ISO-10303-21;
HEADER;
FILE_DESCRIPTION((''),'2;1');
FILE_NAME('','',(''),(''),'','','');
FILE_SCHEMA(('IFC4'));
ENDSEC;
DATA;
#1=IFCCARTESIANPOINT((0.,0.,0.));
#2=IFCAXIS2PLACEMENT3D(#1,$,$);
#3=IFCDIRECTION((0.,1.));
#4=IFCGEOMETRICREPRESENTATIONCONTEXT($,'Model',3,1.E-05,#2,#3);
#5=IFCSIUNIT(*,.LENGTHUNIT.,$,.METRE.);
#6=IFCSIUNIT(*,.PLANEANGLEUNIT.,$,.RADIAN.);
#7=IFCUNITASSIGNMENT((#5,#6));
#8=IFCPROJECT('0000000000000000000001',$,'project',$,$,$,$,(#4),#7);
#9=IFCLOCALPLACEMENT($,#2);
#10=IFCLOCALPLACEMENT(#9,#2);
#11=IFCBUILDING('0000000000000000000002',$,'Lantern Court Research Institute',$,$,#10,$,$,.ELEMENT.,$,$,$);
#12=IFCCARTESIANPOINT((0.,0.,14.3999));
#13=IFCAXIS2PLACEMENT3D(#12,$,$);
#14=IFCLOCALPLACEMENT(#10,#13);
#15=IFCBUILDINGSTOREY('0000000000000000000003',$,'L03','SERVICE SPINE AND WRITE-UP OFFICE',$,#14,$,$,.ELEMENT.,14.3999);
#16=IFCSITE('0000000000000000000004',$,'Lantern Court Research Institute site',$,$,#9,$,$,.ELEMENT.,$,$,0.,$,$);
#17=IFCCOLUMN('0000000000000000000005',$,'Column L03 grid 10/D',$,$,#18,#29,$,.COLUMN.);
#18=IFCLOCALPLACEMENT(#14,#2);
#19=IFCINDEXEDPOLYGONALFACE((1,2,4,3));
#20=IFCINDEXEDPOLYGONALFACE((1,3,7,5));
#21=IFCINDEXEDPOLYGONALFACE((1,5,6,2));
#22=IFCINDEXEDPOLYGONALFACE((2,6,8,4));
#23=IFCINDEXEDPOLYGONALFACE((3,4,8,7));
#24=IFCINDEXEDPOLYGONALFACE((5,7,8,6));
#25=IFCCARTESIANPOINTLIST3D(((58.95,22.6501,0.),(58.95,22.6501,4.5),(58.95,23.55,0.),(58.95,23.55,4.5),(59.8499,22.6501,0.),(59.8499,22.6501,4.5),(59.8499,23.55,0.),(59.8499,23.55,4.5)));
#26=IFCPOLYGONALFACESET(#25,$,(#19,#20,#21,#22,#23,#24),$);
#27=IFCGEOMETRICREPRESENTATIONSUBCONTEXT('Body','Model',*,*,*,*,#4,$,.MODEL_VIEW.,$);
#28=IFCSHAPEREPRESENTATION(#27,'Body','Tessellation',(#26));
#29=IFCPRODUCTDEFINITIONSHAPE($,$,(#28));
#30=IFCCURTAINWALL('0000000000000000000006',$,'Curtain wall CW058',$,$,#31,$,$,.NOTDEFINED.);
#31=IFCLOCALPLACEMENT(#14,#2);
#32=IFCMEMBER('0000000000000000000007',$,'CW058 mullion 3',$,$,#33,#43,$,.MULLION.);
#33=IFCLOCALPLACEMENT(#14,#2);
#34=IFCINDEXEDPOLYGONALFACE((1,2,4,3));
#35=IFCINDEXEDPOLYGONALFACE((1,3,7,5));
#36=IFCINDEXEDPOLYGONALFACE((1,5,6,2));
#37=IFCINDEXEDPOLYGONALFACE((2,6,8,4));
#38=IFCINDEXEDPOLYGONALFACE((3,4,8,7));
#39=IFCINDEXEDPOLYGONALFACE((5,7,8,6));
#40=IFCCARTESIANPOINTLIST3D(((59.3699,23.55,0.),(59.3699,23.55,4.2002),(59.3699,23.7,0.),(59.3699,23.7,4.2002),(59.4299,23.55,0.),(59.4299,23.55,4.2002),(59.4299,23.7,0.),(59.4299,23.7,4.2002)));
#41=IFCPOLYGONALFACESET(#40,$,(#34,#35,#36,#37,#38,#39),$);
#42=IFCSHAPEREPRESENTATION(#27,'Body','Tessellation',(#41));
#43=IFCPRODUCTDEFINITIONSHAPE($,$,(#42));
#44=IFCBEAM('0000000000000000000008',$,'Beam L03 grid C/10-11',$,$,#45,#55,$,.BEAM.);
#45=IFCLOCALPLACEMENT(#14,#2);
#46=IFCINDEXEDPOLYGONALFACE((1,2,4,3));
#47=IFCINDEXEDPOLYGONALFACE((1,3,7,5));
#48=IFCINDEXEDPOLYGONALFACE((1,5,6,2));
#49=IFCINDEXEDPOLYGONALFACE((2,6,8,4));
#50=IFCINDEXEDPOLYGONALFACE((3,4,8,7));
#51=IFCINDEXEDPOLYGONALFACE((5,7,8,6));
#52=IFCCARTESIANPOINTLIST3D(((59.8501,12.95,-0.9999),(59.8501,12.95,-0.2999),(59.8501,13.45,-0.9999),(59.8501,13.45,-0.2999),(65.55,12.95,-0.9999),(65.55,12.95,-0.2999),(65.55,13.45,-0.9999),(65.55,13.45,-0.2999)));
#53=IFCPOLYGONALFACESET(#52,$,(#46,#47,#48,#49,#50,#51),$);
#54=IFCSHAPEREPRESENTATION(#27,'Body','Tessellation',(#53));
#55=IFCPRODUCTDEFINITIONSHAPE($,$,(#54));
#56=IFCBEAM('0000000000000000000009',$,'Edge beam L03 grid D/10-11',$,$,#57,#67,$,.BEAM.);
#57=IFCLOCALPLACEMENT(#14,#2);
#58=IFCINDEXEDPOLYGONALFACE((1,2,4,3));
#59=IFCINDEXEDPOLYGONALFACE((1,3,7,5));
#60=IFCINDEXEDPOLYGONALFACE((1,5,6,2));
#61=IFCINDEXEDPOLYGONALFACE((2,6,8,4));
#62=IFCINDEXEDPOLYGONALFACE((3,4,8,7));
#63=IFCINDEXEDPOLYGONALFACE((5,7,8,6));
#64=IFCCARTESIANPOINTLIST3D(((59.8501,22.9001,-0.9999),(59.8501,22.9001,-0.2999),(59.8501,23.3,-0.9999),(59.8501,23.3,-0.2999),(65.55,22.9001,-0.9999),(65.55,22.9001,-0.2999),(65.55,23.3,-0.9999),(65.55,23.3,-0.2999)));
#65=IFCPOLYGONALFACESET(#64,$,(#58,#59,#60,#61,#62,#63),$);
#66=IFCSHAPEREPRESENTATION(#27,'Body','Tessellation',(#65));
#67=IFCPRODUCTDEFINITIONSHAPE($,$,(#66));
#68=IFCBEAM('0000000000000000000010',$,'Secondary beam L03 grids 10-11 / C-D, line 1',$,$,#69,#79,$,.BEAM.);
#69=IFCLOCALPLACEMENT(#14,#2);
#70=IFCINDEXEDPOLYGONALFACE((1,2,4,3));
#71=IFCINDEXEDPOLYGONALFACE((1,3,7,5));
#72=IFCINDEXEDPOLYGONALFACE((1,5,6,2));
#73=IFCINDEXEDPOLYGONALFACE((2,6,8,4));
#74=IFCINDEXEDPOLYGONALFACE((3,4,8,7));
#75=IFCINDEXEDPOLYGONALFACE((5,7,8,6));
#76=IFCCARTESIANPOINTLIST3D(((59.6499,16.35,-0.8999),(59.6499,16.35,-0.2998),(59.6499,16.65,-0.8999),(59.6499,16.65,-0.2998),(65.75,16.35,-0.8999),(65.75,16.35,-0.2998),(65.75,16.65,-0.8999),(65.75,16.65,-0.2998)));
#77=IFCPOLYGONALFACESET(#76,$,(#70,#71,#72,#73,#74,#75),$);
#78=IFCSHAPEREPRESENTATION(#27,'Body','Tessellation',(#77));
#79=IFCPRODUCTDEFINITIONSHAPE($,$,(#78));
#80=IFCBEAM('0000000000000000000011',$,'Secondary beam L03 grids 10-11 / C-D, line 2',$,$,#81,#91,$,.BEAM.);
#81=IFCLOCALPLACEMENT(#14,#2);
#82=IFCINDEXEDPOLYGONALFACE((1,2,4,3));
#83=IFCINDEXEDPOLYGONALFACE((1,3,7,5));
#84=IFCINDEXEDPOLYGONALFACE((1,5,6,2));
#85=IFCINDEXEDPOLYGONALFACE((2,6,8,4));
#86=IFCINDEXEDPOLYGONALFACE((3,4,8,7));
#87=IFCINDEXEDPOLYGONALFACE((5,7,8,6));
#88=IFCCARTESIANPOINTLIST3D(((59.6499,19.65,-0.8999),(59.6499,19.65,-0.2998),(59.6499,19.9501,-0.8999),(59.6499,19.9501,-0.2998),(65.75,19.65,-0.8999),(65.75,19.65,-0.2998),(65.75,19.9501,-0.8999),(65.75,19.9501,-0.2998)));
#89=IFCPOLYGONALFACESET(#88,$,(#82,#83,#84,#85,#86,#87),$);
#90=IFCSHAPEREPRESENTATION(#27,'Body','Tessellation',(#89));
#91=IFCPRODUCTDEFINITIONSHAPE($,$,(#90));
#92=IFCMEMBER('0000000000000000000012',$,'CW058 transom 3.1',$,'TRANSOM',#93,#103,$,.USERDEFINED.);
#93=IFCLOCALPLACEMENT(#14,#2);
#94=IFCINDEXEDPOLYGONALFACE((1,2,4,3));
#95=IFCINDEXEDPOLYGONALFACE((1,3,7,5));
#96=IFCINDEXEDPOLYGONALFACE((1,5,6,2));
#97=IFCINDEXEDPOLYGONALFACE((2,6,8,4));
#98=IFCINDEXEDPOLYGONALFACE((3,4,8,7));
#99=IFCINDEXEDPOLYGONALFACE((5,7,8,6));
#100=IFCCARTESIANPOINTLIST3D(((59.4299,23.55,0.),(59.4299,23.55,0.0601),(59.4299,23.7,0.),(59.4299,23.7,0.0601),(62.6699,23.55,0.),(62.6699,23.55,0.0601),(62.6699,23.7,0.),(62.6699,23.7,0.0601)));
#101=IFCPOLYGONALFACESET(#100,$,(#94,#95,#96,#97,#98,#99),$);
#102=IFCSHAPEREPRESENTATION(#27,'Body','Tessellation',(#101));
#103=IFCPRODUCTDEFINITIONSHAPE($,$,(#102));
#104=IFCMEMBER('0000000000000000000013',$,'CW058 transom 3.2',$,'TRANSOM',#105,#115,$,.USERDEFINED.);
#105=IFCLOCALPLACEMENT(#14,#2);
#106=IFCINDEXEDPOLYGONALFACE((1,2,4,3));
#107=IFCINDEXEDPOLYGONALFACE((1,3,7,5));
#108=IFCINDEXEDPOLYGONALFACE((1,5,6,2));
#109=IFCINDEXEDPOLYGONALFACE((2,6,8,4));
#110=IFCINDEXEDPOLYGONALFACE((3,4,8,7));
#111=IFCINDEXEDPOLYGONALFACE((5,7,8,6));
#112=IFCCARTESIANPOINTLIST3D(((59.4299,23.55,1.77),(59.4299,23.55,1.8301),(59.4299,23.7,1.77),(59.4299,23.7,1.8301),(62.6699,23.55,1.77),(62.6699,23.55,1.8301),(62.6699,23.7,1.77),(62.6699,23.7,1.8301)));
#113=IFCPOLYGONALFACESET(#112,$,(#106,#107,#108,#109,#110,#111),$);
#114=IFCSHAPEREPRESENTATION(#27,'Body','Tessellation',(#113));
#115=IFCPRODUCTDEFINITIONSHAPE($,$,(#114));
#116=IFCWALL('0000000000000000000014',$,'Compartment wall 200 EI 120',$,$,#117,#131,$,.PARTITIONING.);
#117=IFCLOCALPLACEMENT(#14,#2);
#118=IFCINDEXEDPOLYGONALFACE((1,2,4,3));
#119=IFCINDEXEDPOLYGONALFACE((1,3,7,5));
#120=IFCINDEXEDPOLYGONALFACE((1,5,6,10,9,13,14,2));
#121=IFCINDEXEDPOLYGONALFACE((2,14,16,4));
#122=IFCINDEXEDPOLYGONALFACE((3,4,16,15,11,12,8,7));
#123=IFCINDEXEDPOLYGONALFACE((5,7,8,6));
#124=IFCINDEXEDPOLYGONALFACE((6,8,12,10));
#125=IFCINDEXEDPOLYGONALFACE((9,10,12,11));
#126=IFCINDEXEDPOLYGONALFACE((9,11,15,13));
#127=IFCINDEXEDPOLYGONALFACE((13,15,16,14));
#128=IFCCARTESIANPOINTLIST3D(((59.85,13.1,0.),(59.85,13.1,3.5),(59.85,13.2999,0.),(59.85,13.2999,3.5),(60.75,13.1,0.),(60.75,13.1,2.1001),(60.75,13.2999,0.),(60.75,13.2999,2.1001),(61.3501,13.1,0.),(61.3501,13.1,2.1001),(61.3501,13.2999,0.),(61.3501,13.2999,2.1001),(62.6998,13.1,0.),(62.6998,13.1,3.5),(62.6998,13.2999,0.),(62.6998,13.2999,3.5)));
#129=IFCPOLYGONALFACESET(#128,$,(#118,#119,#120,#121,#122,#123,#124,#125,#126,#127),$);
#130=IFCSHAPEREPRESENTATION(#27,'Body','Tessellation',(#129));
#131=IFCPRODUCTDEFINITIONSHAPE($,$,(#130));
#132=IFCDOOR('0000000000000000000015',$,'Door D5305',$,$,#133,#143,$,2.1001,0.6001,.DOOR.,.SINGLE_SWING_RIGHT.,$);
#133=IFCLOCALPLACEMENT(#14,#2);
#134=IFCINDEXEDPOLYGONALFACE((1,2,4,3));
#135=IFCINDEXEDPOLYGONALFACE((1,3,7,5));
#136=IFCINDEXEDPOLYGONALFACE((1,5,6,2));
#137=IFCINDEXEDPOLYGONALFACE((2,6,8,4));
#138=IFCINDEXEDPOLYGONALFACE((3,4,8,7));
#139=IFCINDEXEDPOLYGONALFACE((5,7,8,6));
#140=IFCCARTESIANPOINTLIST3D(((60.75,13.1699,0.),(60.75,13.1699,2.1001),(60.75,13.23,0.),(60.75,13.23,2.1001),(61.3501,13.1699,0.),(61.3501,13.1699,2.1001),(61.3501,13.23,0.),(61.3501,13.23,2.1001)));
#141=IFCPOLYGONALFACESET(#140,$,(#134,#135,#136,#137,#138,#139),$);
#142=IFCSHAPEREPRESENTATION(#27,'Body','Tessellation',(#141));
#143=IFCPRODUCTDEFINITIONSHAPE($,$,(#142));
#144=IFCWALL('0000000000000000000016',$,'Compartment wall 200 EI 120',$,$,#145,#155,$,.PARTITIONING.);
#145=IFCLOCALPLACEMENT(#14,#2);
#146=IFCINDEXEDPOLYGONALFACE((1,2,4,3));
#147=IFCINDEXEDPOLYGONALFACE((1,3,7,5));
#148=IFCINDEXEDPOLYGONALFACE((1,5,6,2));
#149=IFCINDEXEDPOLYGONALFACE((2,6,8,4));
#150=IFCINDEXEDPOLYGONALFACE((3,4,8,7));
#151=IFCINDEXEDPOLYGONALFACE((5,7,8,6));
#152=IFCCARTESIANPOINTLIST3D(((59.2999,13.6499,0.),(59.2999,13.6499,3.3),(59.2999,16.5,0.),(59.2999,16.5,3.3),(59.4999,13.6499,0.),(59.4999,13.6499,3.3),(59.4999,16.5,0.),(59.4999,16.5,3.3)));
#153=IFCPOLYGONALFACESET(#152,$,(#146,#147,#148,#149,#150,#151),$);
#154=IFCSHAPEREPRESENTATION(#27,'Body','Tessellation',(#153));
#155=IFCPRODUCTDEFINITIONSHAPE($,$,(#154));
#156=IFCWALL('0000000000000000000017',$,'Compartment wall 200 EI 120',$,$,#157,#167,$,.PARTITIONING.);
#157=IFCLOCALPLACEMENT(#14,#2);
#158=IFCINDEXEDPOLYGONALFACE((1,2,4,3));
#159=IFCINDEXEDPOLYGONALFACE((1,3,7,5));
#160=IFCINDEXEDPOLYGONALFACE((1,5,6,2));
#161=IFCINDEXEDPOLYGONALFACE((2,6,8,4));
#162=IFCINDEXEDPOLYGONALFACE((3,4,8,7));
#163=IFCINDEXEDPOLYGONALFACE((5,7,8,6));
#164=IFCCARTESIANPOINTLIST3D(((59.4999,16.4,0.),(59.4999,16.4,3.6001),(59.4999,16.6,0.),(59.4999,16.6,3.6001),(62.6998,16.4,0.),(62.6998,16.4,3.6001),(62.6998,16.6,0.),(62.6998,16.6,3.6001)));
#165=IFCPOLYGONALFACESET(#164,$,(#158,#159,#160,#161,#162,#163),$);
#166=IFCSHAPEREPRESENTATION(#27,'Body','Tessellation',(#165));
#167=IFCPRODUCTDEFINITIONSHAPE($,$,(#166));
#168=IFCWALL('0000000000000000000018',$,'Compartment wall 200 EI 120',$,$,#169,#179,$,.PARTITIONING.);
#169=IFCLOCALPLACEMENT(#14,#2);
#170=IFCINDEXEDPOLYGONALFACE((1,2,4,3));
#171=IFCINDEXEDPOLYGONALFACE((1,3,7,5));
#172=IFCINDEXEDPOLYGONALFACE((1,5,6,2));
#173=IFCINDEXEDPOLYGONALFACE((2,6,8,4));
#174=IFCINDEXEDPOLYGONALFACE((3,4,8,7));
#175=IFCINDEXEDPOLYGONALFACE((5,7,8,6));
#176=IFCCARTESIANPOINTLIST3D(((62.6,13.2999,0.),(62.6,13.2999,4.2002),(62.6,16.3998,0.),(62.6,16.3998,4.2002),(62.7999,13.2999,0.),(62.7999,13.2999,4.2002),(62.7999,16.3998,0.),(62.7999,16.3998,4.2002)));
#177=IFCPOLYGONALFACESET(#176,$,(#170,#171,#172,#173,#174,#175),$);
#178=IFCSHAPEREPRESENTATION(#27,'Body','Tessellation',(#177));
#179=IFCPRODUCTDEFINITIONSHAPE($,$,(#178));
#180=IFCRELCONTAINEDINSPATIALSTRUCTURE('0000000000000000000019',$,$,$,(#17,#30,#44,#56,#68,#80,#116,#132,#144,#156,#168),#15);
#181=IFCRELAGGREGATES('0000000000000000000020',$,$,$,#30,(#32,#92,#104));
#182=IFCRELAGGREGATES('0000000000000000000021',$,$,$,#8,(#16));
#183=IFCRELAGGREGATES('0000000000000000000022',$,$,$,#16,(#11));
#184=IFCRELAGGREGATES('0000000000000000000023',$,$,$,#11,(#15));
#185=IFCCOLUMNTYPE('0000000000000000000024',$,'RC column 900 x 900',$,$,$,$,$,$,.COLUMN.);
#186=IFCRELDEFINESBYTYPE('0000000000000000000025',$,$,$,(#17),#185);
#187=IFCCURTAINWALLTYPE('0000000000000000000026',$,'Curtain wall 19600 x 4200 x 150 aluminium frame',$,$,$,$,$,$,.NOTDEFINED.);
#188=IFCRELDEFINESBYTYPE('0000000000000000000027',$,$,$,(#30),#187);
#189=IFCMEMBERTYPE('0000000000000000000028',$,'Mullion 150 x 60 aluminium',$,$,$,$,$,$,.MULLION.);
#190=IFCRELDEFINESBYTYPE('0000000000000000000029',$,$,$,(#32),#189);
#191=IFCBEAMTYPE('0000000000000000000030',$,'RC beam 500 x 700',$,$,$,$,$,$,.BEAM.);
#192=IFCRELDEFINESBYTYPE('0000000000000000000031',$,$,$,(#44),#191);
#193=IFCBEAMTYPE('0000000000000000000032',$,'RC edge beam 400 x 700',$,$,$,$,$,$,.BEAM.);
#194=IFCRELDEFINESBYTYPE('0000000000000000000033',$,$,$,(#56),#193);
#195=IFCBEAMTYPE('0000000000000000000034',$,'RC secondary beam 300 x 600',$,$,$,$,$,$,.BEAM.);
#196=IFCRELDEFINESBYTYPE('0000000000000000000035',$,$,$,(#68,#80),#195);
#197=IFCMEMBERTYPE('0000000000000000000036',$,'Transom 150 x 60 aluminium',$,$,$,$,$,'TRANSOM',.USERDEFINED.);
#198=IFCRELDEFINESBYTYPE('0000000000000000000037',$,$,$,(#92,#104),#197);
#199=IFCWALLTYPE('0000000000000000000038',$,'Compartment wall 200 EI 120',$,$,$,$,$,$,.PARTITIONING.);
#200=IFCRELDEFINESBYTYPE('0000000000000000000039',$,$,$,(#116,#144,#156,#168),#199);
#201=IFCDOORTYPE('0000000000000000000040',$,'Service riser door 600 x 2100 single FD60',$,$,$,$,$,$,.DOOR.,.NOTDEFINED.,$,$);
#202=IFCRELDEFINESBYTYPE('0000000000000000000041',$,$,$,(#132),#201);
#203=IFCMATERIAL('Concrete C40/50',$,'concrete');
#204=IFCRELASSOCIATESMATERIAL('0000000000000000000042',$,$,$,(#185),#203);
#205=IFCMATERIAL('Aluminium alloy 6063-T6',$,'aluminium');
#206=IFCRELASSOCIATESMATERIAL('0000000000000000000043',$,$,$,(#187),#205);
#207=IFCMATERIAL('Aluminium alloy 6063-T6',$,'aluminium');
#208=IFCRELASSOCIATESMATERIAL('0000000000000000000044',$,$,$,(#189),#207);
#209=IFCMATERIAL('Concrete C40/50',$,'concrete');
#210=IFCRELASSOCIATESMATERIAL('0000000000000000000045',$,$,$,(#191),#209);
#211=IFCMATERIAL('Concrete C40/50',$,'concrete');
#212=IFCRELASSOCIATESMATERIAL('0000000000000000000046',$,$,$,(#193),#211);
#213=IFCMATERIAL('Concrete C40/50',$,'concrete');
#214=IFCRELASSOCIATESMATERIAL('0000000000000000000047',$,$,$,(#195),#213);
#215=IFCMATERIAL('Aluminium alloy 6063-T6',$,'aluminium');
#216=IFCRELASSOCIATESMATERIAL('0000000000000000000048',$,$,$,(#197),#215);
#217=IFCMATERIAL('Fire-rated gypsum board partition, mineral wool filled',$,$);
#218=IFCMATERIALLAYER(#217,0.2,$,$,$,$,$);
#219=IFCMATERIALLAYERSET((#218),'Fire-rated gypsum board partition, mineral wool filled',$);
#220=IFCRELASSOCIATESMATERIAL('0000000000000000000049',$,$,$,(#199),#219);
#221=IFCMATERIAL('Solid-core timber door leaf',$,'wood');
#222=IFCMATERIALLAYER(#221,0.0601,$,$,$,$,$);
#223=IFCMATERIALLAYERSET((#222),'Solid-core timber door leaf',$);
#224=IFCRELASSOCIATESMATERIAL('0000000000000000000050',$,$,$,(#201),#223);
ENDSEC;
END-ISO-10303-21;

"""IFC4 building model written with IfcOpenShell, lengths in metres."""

from ifc_helpers import new_model, si_unit, direction, frame, frame_2d, origin, origin_2d, place, context, subcontext, project, spatial, rectangle, extrude, material, layer, layer_set, material_profile, profile_set, type_object, element, fill, aggregate, save


model = new_model("IFC4")

# Units and contexts
model_context = context("Model", 3, precision=1e-05, world=origin(), true_north=direction((0.0, 1.0)))
body_context = subcontext(model_context, "Body", "Model", "MODEL_VIEW")
ifc_project = project(units=[si_unit("LENGTHUNIT", "METRE"), si_unit("PLANEANGLEUNIT", "RADIAN")], contexts=[model_context])

# Site, building, storey
site_placement = place(None, origin())
site = spatial("IfcSite", under=ifc_project, at=site_placement, Name="Lantern Court Research Institute site", CompositionType="ELEMENT", RefElevation=0.0)
building_placement = place(site_placement, origin())
building = spatial("IfcBuilding", under=site, at=building_placement, Name="Lantern Court Research Institute", CompositionType="ELEMENT")
storey_placement = place(building_placement, frame((0.0, 0.0, 14.3999)))
storey = spatial("IfcBuildingStorey", under=building, at=storey_placement, Name="L03", Description="SERVICE SPINE AND WRITE-UP OFFICE", CompositionType="ELEMENT", Elevation=14.3999)

# Column
ifc_material_1 = material(Name="Concrete C40/50", Category="concrete")
ifc_material_profile_1 = material_profile(ifc_material_1, rectangle(XDim=0.8999, YDim=0.8999, at=origin_2d()), Name="RC column 900 x 900")
ifc_profile_set_1 = profile_set([ifc_material_profile_1], Name="Concrete C40/50")
column_type = type_object("IfcColumnType", Name="RC column 900 x 900", PredefinedType="COLUMN", material=ifc_profile_set_1)
column_placement = place(storey_placement, frame((59.3999, 23.1001, 0.0), z_axis=(0.0, 0.0, 1.0), x_axis=(1.0, 0.0, 0.0)))
element("IfcColumn", 1, at=column_placement, inside=storey, type_object=column_type, Name="Column L03 grid 10/D", PredefinedType="COLUMN", context=body_context, shape_type="SweptSolid", body=[
    extrude(rectangle(XDim=0.8999, YDim=0.8999, at=origin_2d()), origin(), (0.0, 0.0, 1.0), 4.5),
])

# Curtain wall, member
ifc_material_2 = material(Name="Aluminium alloy 6063-T6", Category="aluminium")
curtain_wall_type = type_object("IfcCurtainWallType", Name="Curtain wall 19600 x 4200 x 150 aluminium frame", PredefinedType="NOTDEFINED", material=ifc_material_2)
curtain_wall_placement = place(storey_placement, origin())
curtain_wall = element("IfcCurtainWall", 2, at=curtain_wall_placement, inside=storey, type_object=curtain_wall_type, Name="Curtain wall CW058", PredefinedType="NOTDEFINED")
ifc_material_3 = material(Name="Aluminium alloy 6063-T6", Category="aluminium")
ifc_material_profile_2 = material_profile(ifc_material_3, rectangle(XDim=0.1499, YDim=0.0601, at=origin_2d()), Name="Mullion 150 x 60")
ifc_profile_set_2 = profile_set([ifc_material_profile_2], Name="Aluminium alloy 6063-T6")
member_type_1 = type_object("IfcMemberType", Name="Mullion 150 x 60 aluminium", PredefinedType="MULLION", material=ifc_profile_set_2)
member_1_placement = place(storey_placement, frame((59.3999, 23.625, 0.0), z_axis=(0.0, 0.0, 1.0), x_axis=(0.0, 1.0, 0.0)))
member_1 = element("IfcMember", 3, at=member_1_placement, type_object=member_type_1, Name="CW058 mullion 3", PredefinedType="MULLION", context=body_context, shape_type="SweptSolid", body=[
    extrude(rectangle(XDim=0.1499, YDim=0.0601, at=origin_2d()), origin(), (0.0, 0.0, 1.0), 4.2002),
])

# Beams
ifc_material_4 = material(Name="Concrete C40/50", Category="concrete")
ifc_material_profile_3 = material_profile(ifc_material_4, rectangle(XDim=0.5, YDim=0.7, at=origin_2d()), Name="RC beam 500 x 700")
ifc_profile_set_3 = profile_set([ifc_material_profile_3], Name="Concrete C40/50")
beam_type_1 = type_object("IfcBeamType", Name="RC beam 500 x 700", PredefinedType="BEAM", material=ifc_profile_set_3)
beam_1_placement = place(storey_placement, frame((59.8501, 13.2, -0.6499), z_axis=(1.0, 0.0, 0.0), x_axis=(0.0, 1.0, 0.0)))
element("IfcBeam", 4, at=beam_1_placement, inside=storey, type_object=beam_type_1, Name="Beam L03 grid C/10-11", PredefinedType="BEAM", context=body_context, shape_type="SweptSolid", body=[
    extrude(rectangle(XDim=0.5, YDim=0.7, at=origin_2d()), origin(), (0.0, 0.0, 1.0), 5.7),
])
ifc_material_5 = material(Name="Concrete C40/50", Category="concrete")
ifc_material_profile_4 = material_profile(ifc_material_5, rectangle(XDim=0.3999, YDim=0.7, at=origin_2d()), Name="RC beam 400 x 700")
ifc_profile_set_4 = profile_set([ifc_material_profile_4], Name="Concrete C40/50")
beam_type_2 = type_object("IfcBeamType", Name="RC edge beam 400 x 700", PredefinedType="BEAM", material=ifc_profile_set_4)
beam_2_placement = place(storey_placement, frame((59.8501, 23.1001, -0.6499), z_axis=(1.0, 0.0, 0.0), x_axis=(0.0, 1.0, 0.0)))
element("IfcBeam", 5, at=beam_2_placement, inside=storey, type_object=beam_type_2, Name="Edge beam L03 grid D/10-11", PredefinedType="BEAM", context=body_context, shape_type="SweptSolid", body=[
    extrude(rectangle(XDim=0.3999, YDim=0.7, at=origin_2d()), origin(), (0.0, 0.0, 1.0), 5.7),
])
ifc_material_6 = material(Name="Concrete C40/50", Category="concrete")
ifc_material_profile_5 = material_profile(ifc_material_6, rectangle(XDim=0.3, YDim=0.6001, at=origin_2d()), Name="RC beam 300 x 600")
ifc_profile_set_5 = profile_set([ifc_material_profile_5], Name="Concrete C40/50")
beam_type_3 = type_object("IfcBeamType", Name="RC secondary beam 300 x 600", PredefinedType="BEAM", material=ifc_profile_set_5)
for number, where, z_axis, x_axis, name in (
    (6, (59.6499, 16.5, -0.5999), (1.0, 0.0, 0.0), (0.0, 1.0, 0.0), "Secondary beam L03 grids 10-11 / C-D, line 1"),
    (7, (59.6499, 19.8, -0.5999), (1.0, 0.0, 0.0), (0.0, 1.0, 0.0), "Secondary beam L03 grids 10-11 / C-D, line 2"),
):
    element("IfcBeam", number, at=place(storey_placement, frame(where, z_axis=z_axis, x_axis=x_axis)), inside=storey, type_object=beam_type_3, Name=name, PredefinedType="BEAM", context=body_context, shape_type="SweptSolid", body=[
        extrude(rectangle(XDim=0.3, YDim=0.6001, at=origin_2d()), origin(), (0.0, 0.0, 1.0), 6.1001),
    ])

# Members
ifc_material_7 = material(Name="Aluminium alloy 6063-T6", Category="aluminium")
ifc_material_profile_6 = material_profile(ifc_material_7, rectangle(XDim=0.1499, YDim=0.0601, at=origin_2d()), Name="Transom 150 x 60")
ifc_profile_set_6 = profile_set([ifc_material_profile_6], Name="Aluminium alloy 6063-T6")
member_type_2 = type_object("IfcMemberType", Name="Transom 150 x 60 aluminium", ElementType="TRANSOM", PredefinedType="USERDEFINED", material=ifc_profile_set_6)
member_2_placement = place(storey_placement, frame((59.4299, 23.625, 0.03), z_axis=(1.0, 0.0, 0.0), x_axis=(0.0, 1.0, 0.0)))
member_2 = element("IfcMember", 8, at=member_2_placement, type_object=member_type_2, Name="CW058 transom 3.1", ObjectType="TRANSOM", PredefinedType="USERDEFINED", context=body_context, shape_type="SweptSolid", body=[
    extrude(rectangle(XDim=0.1499, YDim=0.0601, at=origin_2d()), origin(), (0.0, 0.0, 1.0), 3.24),
])
member_3_placement = place(storey_placement, frame((59.4299, 23.625, 1.8), z_axis=(1.0, 0.0, 0.0), x_axis=(0.0, 1.0, 0.0)))
member_3 = element("IfcMember", 9, at=member_3_placement, type_object=member_type_2, Name="CW058 transom 3.2", ObjectType="TRANSOM", PredefinedType="USERDEFINED", context=body_context, shape_type="SweptSolid", body=[
    extrude(rectangle(XDim=0.1499, YDim=0.0601, at=origin_2d()), origin(), (0.0, 0.0, 1.0), 3.24),
])
aggregate(curtain_wall, [member_1, member_2, member_3])

# Wall, opening, door
ifc_material_8 = material(Name="Fire-rated gypsum board partition, mineral wool filled")
ifc_layer_1 = layer(ifc_material_8, 0.2)
ifc_layer_set_1 = layer_set([ifc_layer_1], Name="Fire-rated gypsum board partition, mineral wool filled")
wall_type_1 = type_object("IfcWallType", Name="Compartment wall 200 EI 120", PredefinedType="PARTITIONING", material=ifc_layer_set_1)
wall_1_placement = place(storey_placement, frame((59.8501, 13.2, 0.0), z_axis=(0.0, 0.0, 1.0), x_axis=(1.0, 0.0, 0.0)))
wall_1 = element("IfcWall", 10, at=wall_1_placement, inside=storey, type_object=wall_type_1, Name="Compartment wall 200 EI 120", PredefinedType="PARTITIONING", context=body_context, shape_type="SweptSolid", body=[
    extrude(rectangle(XDim=2.8499, YDim=0.2, at=frame_2d((1.4248, 0.0))), origin(), (0.0, 0.0, 1.0), 3.5),
])
opening_1_placement = place(wall_1_placement, frame((0.8999, 0.0, 0.0)))
opening_1 = element("IfcOpeningElement", 11, at=opening_1_placement, cuts=wall_1, PredefinedType="OPENING", context=body_context, shape_type="SweptSolid", body=[
    extrude(rectangle(XDim=0.6001, YDim=2.1001, at=frame_2d((0.3, 1.05))), frame((0.0, 0.1099, 0.0), z_axis=(0.0, -1.0, 0.0), x_axis=(1.0, 0.0, 0.0)), (0.0, 0.0, 1.0), 0.22),
])
ifc_material_9 = material(Name="Solid-core timber door leaf", Category="wood")
ifc_layer_2 = layer(ifc_material_9, 0.0601)
ifc_layer_set_2 = layer_set([ifc_layer_2], Name="Solid-core timber door leaf")
door_type_1 = type_object("IfcDoorType", Name="Service riser door 600 x 2100 single FD60", OperationType="NOTDEFINED", PredefinedType="DOOR", material=ifc_layer_set_2)
door_1_placement = place(opening_1_placement, origin())
door_1 = element("IfcDoor", 12, at=door_1_placement, inside=storey, type_object=door_type_1, Name="Door D5305", OperationType="SINGLE_SWING_RIGHT", OverallHeight=2.1001, OverallWidth=0.6001, PredefinedType="DOOR", context=body_context, shape_type="SweptSolid", body=[
    extrude(rectangle(XDim=0.6001, YDim=2.1001, at=frame_2d((0.3, 1.05))), frame((0.0, 0.03, 0.0), z_axis=(0.0, -1.0, 0.0), x_axis=(1.0, 0.0, 0.0)), (0.0, 0.0, 1.0), 0.0601),
])
fill(opening_1, door_1)

# Walls
wall_2_placement = place(storey_placement, frame((59.3999, 13.6499, 0.0), z_axis=(0.0, 0.0, 1.0), x_axis=(0.0, 1.0, 0.0)))
element("IfcWall", 13, at=wall_2_placement, inside=storey, type_object=wall_type_1, Name="Compartment wall 200 EI 120", PredefinedType="PARTITIONING", context=body_context, shape_type="SweptSolid", body=[
    extrude(rectangle(XDim=2.8501, YDim=0.2, at=frame_2d((1.425, 0.0))), origin(), (0.0, 0.0, 1.0), 3.3),
])
wall_3_placement = place(storey_placement, frame((62.7, 16.5, 0.0), z_axis=(0.0, 0.0, 1.0), x_axis=(-1.0, 0.0, 0.0)))
element("IfcWall", 14, at=wall_3_placement, inside=storey, type_object=wall_type_1, Name="Compartment wall 200 EI 120", PredefinedType="PARTITIONING", context=body_context, shape_type="SweptSolid", body=[
    extrude(rectangle(XDim=3.2, YDim=0.2, at=frame_2d((1.6001, 0.0))), origin(), (0.0, 0.0, 1.0), 3.6001),
])
wall_4_placement = place(storey_placement, frame((62.7, 13.3, 0.0), z_axis=(0.0, 0.0, 1.0), x_axis=(0.0, 1.0, 0.0)))
element("IfcWall", 15, at=wall_4_placement, inside=storey, type_object=wall_type_1, Name="Compartment wall 200 EI 120", PredefinedType="PARTITIONING", context=body_context, shape_type="SweptSolid", body=[
    extrude(rectangle(XDim=3.0999, YDim=0.2, at=frame_2d((1.5498, 0.0))), origin(), (0.0, 0.0, 1.0), 4.2002),
])

save(model, "model.ifc")
